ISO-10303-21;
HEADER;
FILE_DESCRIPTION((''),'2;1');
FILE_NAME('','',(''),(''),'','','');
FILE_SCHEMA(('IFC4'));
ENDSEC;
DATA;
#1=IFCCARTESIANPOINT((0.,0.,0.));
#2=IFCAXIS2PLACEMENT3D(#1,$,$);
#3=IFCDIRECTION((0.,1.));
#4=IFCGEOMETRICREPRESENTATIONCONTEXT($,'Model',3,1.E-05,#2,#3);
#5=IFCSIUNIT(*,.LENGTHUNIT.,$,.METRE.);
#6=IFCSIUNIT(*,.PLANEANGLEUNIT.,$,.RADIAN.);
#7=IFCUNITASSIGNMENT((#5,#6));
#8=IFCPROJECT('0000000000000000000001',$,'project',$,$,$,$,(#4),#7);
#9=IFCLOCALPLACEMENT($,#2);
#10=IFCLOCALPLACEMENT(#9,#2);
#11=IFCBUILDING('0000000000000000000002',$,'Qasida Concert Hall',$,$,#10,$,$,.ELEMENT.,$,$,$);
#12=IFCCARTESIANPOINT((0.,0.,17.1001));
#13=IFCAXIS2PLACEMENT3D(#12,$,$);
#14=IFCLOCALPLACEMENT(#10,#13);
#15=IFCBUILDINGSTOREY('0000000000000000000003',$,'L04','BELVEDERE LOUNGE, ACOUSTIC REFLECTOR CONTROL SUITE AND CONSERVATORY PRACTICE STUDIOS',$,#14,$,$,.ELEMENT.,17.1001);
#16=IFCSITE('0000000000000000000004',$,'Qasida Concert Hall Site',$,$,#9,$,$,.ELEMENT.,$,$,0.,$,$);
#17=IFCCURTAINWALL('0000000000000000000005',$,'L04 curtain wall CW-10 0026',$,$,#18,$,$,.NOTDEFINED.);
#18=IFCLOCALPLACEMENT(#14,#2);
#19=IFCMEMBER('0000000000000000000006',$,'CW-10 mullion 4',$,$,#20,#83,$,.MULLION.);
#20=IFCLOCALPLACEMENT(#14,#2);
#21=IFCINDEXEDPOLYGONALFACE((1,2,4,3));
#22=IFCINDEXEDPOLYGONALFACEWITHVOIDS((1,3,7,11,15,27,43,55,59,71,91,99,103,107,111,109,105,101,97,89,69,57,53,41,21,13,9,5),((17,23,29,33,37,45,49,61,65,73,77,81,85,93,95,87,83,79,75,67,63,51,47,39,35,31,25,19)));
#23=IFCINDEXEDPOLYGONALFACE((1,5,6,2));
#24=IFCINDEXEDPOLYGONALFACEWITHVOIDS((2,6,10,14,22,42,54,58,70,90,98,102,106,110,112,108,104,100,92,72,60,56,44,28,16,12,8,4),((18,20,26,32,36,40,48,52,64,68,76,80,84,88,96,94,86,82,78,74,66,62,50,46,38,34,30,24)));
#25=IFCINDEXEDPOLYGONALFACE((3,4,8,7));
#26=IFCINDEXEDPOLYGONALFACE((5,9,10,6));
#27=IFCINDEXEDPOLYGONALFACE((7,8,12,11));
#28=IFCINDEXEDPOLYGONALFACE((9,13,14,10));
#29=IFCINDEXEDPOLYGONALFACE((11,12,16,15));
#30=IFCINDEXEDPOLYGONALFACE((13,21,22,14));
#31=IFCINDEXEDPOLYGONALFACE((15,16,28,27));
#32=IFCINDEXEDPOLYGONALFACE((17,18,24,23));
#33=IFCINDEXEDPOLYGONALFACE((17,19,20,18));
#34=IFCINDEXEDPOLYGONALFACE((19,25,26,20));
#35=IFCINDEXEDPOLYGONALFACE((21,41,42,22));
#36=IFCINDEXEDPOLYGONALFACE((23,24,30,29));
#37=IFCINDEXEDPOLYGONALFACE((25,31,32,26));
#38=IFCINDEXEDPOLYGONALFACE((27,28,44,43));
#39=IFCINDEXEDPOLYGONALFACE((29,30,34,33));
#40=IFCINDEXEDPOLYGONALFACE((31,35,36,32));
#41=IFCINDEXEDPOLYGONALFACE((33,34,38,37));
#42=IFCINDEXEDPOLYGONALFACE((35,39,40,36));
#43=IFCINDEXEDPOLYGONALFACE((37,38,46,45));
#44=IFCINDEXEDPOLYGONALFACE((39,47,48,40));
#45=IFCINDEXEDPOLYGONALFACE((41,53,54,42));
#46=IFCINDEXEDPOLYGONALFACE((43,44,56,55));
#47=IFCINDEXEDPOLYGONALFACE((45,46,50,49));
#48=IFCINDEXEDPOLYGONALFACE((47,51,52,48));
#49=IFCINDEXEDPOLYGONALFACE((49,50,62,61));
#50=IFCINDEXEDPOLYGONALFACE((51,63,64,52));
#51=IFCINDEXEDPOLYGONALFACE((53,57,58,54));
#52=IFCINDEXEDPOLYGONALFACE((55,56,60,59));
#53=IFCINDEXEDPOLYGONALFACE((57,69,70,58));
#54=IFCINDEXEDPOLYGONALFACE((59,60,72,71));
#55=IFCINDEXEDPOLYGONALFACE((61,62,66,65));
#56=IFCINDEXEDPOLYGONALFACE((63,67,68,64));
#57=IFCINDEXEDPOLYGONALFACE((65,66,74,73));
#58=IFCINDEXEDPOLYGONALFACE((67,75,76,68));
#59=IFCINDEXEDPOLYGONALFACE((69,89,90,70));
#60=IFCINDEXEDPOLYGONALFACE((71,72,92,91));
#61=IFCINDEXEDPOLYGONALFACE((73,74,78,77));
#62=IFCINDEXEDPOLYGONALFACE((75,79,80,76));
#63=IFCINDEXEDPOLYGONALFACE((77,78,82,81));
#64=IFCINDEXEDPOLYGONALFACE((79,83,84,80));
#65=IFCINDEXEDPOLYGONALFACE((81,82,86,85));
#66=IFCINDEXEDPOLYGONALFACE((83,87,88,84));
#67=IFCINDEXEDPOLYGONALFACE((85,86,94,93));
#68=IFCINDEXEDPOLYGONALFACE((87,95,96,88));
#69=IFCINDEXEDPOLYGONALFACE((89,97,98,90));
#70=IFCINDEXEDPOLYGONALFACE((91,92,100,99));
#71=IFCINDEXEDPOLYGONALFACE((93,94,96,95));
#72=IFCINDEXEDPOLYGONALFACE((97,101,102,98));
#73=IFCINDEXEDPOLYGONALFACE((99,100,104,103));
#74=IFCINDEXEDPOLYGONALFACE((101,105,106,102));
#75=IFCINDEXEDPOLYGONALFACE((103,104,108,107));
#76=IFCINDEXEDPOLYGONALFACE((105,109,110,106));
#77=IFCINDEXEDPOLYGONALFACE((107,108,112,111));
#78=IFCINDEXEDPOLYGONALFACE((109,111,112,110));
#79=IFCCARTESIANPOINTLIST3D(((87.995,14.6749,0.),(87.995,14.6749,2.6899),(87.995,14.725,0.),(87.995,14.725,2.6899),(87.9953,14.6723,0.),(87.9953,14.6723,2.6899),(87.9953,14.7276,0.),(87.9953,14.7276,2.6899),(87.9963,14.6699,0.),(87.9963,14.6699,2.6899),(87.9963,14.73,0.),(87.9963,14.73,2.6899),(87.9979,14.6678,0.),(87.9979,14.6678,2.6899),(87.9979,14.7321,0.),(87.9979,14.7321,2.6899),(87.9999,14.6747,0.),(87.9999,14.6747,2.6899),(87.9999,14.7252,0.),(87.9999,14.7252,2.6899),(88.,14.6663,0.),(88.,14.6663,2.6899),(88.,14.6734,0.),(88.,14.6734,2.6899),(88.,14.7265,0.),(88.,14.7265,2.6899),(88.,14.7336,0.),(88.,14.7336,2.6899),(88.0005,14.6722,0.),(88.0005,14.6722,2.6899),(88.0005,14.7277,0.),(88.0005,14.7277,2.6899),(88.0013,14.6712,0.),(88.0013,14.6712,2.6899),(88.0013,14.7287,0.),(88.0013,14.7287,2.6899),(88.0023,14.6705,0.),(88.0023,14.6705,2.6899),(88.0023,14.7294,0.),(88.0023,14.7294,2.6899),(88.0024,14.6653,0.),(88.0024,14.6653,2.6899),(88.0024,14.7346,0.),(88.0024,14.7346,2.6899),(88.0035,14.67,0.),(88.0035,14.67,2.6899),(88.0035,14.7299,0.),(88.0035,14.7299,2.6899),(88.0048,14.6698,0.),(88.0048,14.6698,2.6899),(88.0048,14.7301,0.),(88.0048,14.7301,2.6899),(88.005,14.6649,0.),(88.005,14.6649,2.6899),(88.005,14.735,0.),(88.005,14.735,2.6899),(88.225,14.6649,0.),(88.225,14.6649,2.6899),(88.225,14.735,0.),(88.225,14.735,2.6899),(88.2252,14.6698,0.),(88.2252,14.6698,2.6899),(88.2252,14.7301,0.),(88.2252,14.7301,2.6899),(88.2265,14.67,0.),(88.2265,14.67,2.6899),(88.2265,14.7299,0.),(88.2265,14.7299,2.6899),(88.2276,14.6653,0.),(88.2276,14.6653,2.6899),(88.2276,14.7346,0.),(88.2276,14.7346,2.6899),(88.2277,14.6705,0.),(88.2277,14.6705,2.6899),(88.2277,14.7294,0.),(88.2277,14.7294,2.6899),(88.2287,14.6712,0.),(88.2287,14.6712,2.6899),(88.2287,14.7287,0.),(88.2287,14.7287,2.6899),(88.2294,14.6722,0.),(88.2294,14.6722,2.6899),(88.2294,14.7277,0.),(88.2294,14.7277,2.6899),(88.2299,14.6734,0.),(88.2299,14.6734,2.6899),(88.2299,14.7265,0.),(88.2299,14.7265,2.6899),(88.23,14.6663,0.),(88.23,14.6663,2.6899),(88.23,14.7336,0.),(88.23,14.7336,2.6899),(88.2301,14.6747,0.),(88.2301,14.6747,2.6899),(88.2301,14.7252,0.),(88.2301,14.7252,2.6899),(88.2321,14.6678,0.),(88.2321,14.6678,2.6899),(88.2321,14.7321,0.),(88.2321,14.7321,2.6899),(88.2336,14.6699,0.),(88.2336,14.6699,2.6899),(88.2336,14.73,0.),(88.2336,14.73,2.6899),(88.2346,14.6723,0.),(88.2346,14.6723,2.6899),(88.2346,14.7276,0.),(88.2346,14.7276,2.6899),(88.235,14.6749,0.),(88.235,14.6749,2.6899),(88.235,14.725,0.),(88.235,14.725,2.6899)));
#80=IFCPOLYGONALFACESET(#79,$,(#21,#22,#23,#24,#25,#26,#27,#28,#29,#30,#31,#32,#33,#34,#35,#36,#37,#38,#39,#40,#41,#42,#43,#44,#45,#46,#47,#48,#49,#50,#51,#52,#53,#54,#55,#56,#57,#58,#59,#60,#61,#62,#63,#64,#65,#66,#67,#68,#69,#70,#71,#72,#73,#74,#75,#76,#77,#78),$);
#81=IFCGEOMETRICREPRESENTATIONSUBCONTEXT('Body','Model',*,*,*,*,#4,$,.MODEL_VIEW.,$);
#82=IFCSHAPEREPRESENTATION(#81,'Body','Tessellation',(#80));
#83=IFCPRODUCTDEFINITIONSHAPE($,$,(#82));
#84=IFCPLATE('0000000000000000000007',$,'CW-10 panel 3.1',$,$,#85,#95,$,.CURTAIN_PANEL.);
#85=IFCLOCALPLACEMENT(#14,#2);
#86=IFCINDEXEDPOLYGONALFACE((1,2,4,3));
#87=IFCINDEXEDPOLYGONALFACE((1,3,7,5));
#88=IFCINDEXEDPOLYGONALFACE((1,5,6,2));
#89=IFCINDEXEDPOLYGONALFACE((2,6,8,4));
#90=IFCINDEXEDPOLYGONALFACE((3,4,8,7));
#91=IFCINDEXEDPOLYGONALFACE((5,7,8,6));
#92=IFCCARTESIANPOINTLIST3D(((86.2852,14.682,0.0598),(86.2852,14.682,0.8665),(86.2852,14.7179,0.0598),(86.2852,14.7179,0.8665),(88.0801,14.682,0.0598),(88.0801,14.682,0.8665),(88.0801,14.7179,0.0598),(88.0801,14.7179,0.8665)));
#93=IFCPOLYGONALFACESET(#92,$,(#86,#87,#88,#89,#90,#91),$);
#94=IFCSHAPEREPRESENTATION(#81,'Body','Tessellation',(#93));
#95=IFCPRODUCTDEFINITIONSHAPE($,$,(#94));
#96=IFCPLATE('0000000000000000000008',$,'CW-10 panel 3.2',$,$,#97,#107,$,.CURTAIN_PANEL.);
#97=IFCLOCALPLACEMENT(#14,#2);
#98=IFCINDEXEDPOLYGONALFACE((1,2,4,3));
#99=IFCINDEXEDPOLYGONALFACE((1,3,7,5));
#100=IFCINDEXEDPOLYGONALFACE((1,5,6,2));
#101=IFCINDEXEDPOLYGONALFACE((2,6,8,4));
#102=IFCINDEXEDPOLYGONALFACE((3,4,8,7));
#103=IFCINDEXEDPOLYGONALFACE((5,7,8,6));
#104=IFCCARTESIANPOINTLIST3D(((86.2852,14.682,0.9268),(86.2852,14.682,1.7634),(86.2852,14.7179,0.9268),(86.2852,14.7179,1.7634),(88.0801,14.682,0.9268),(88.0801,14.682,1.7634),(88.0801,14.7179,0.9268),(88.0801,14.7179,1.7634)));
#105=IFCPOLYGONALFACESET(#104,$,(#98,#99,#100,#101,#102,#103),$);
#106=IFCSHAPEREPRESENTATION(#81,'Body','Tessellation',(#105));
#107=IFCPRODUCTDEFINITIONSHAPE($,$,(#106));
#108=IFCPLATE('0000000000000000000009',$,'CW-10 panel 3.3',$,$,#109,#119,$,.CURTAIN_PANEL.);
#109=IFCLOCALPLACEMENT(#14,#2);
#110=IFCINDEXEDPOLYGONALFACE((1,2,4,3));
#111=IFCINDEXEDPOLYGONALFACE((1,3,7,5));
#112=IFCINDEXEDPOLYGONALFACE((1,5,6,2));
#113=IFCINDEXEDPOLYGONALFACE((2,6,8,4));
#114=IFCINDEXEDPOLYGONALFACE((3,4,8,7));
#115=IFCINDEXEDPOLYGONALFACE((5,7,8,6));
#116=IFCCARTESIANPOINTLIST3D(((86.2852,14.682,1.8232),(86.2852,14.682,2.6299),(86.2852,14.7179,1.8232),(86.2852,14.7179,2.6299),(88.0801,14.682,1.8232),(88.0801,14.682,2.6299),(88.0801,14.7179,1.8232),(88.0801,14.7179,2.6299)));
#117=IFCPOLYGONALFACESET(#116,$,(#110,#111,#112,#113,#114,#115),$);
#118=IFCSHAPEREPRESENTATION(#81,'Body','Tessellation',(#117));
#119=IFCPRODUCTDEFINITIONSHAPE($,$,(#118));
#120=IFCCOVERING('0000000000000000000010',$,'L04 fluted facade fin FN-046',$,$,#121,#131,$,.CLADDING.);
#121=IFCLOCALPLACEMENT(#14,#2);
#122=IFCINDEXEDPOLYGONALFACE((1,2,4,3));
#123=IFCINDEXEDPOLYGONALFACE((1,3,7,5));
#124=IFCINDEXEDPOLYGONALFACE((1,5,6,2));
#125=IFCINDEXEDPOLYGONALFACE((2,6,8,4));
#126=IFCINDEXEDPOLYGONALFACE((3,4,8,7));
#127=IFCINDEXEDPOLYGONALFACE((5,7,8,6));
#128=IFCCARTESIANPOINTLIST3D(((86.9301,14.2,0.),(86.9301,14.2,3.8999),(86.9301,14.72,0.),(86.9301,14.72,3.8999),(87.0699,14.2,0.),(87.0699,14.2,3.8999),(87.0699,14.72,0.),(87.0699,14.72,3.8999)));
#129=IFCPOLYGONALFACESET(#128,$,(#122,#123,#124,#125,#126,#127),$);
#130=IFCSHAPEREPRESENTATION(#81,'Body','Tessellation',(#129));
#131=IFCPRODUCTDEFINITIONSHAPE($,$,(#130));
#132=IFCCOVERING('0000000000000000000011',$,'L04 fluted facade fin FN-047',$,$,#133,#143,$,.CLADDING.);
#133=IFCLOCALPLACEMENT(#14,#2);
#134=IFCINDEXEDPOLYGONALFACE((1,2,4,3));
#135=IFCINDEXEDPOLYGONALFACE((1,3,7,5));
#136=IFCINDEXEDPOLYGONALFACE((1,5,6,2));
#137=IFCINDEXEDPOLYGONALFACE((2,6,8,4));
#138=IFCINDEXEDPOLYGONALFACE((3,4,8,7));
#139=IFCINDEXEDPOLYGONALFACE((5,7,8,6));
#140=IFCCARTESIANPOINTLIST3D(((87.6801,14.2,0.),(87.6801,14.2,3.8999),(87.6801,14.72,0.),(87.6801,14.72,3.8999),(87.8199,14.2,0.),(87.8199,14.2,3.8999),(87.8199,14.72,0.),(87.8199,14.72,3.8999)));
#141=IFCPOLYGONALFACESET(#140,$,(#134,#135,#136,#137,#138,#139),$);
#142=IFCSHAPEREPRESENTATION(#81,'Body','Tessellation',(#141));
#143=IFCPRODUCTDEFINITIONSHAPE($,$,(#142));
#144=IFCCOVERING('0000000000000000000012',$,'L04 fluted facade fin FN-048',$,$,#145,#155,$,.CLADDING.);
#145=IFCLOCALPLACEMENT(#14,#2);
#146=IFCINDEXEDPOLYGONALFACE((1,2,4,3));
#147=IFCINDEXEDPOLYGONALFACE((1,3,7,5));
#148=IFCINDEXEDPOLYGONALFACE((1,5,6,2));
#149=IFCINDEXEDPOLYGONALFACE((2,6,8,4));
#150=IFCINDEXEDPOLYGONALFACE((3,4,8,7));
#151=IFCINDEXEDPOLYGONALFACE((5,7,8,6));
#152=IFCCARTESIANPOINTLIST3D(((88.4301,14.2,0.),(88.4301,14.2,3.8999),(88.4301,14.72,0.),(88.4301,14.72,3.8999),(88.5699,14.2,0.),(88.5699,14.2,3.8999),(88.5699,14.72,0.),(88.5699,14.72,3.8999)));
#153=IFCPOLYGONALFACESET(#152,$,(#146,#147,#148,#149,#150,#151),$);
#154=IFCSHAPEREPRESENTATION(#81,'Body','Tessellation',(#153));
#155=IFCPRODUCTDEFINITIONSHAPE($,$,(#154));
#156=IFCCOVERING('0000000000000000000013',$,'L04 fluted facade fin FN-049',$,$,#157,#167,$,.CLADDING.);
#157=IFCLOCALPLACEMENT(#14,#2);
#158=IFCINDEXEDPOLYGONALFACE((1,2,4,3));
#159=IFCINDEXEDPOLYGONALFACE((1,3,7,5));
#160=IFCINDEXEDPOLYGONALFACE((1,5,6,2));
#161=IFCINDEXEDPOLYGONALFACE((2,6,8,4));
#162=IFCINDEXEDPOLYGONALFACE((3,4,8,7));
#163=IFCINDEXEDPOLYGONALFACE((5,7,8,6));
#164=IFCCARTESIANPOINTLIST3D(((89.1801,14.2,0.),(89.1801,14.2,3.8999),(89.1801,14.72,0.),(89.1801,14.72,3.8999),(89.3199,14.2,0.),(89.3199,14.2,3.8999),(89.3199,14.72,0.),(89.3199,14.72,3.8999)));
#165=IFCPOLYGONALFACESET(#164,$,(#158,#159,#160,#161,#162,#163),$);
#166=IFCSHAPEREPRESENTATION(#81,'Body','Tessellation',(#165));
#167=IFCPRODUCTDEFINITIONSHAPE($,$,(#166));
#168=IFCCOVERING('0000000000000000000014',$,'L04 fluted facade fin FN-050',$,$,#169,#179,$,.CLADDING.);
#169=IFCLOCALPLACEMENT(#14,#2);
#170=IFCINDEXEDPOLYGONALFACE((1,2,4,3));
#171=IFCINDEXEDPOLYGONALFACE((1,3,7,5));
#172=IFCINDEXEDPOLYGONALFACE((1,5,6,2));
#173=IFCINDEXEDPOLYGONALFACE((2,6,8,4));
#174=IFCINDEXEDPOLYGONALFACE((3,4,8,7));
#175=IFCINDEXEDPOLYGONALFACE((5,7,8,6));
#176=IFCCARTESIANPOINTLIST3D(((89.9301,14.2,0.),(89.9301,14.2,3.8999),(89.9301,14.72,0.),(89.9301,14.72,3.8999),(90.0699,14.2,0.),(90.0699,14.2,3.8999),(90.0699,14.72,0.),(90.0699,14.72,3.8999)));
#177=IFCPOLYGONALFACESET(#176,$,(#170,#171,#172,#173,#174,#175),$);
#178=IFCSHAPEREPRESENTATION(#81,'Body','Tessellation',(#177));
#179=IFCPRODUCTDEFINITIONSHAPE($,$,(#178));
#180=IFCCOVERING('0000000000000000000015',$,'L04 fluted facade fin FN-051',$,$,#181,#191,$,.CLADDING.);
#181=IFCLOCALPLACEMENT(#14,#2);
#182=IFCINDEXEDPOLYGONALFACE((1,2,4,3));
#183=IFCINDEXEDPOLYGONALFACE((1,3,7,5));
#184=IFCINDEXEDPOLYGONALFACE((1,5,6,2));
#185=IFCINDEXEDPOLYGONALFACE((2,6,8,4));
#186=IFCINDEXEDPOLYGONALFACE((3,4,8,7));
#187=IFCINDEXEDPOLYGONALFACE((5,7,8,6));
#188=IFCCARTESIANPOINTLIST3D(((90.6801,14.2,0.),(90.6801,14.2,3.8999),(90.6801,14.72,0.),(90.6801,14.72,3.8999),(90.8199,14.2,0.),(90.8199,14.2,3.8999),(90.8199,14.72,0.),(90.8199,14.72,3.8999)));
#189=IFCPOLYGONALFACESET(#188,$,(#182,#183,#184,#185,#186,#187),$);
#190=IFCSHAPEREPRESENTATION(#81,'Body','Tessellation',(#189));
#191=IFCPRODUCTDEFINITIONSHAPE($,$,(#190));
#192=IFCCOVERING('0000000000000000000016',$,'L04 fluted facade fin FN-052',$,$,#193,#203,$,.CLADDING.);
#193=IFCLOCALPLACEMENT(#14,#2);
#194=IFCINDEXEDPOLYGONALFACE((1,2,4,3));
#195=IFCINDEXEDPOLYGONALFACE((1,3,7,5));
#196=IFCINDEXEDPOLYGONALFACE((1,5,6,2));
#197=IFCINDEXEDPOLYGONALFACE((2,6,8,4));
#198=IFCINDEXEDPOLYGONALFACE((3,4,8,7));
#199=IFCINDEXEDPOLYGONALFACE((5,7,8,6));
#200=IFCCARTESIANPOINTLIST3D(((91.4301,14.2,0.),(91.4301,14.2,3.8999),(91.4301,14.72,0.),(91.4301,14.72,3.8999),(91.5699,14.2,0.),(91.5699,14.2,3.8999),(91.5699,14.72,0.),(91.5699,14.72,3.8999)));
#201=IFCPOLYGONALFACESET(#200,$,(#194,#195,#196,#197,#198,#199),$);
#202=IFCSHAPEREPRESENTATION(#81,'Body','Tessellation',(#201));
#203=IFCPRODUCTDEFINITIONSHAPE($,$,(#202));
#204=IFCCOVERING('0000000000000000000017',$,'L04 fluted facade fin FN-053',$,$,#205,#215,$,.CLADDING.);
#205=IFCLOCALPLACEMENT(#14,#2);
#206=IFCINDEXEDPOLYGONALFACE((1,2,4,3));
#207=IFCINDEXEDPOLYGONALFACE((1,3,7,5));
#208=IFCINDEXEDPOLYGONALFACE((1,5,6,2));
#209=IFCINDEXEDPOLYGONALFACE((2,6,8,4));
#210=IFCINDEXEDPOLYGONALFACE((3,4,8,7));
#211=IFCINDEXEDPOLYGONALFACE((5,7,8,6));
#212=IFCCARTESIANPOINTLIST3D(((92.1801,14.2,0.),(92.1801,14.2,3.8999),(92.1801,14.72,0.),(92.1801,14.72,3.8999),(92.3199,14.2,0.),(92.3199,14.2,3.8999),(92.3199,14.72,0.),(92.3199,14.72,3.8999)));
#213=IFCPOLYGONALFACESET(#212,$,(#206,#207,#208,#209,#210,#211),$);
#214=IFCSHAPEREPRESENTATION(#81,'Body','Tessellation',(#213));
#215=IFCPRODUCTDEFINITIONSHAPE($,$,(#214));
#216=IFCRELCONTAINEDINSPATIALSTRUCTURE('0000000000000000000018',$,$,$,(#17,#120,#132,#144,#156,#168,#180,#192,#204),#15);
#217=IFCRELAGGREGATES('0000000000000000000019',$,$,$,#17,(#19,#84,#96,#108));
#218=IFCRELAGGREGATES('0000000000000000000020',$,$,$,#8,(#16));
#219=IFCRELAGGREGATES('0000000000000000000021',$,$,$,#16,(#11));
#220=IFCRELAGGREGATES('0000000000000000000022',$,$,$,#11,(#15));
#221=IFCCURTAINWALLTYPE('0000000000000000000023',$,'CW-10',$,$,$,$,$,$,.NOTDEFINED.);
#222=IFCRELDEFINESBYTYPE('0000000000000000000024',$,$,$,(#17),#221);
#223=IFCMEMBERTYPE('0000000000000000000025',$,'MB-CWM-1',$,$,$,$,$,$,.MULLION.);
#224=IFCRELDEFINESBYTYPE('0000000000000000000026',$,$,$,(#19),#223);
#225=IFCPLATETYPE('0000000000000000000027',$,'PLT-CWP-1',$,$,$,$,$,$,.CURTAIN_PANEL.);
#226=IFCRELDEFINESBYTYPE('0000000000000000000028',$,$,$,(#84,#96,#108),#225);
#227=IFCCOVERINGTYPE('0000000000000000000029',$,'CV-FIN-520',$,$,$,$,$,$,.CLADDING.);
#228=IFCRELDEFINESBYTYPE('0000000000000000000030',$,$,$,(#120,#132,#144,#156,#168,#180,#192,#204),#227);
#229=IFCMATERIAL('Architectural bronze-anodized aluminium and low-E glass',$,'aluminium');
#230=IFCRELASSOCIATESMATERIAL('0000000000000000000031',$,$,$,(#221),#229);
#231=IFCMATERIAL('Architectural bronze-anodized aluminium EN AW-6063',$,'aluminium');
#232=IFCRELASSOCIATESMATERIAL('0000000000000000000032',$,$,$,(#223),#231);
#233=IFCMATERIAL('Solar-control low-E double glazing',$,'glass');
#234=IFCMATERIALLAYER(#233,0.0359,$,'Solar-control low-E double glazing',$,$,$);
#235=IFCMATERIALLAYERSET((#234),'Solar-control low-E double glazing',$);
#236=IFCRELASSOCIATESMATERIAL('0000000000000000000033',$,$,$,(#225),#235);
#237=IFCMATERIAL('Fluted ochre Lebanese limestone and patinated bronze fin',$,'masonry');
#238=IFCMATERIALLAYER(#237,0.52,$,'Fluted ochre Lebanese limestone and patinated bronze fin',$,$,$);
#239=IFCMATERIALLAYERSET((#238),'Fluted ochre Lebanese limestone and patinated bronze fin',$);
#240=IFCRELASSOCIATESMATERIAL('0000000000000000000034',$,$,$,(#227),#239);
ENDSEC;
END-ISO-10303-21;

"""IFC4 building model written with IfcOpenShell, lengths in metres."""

from ifc_helpers import new_model, si_unit, direction, frame, origin, origin_2d, place, context, subcontext, project, spatial, rectangle, hollow_rectangle, extrude, material, layer, layer_set, material_profile, profile_set, type_object, element, aggregate, save


model = new_model("IFC4")

# Units and contexts
model_context = context("Model", 3, precision=1e-05, world=origin(), true_north=direction((0.0, 1.0)))
body_context = subcontext(model_context, "Body", "Model", "MODEL_VIEW")
ifc_project = project(units=[si_unit("LENGTHUNIT", "METRE"), si_unit("PLANEANGLEUNIT", "RADIAN")], contexts=[model_context])

# Site, building, storey
site_placement = place(None, origin())
site = spatial("IfcSite", under=ifc_project, at=site_placement, Name="Qasida Concert Hall Site", CompositionType="ELEMENT", RefElevation=0.0)
building_placement = place(site_placement, origin())
building = spatial("IfcBuilding", under=site, at=building_placement, Name="Qasida Concert Hall", CompositionType="ELEMENT")
storey_placement = place(building_placement, frame((0.0, 0.0, 17.1001)))
storey = spatial("IfcBuildingStorey", under=building, at=storey_placement, Name="L04", Description="BELVEDERE LOUNGE, ACOUSTIC REFLECTOR CONTROL SUITE AND CONSERVATORY PRACTICE STUDIOS", CompositionType="ELEMENT", Elevation=17.1001)

# Curtain wall, member, plates
ifc_material_1 = material(Name="Architectural bronze-anodized aluminium and low-E glass", Category="aluminium")
curtain_wall_type = type_object("IfcCurtainWallType", Name="CW-10", PredefinedType="NOTDEFINED", material=ifc_material_1)
curtain_wall_placement = place(storey_placement, origin())
curtain_wall = element("IfcCurtainWall", 1, at=curtain_wall_placement, inside=storey, type_object=curtain_wall_type, Name="L04 curtain wall CW-10 0026", PredefinedType="NOTDEFINED")
ifc_material_2 = material(Name="Architectural bronze-anodized aluminium EN AW-6063", Category="aluminium")
ifc_material_profile = material_profile(ifc_material_2, hollow_rectangle(XDim=0.0701, YDim=0.24, WallThickness=0.0049, InnerFilletRadius=0.0049, OuterFilletRadius=0.01, at=origin_2d()), Name="CWM 240x70x5")
ifc_profile_set = profile_set([ifc_material_profile], Name="Architectural bronze-anodized aluminium EN AW-6063")
member_type = type_object("IfcMemberType", Name="MB-CWM-1", PredefinedType="MULLION", material=ifc_profile_set)
member_placement = place(storey_placement, frame((88.115, 14.7, 0.0), z_axis=(0.0, 0.0, 1.0), x_axis=(0.0, 1.0, 0.0)))
member = element("IfcMember", 2, at=member_placement, type_object=member_type, Name="CW-10 mullion 4", PredefinedType="MULLION", context=body_context, shape_type="SweptSolid", body=[
    extrude(hollow_rectangle(XDim=0.0701, YDim=0.24, WallThickness=0.0049, InnerFilletRadius=0.0049, OuterFilletRadius=0.01, at=origin_2d()), origin(), (0.0, 0.0, 1.0), 2.6899),
])
ifc_material_3 = material(Name="Solar-control low-E double glazing", Category="glass")
ifc_layer_1 = layer(ifc_material_3, 0.0359, Name="Solar-control low-E double glazing")
ifc_layer_set_1 = layer_set([ifc_layer_1], Name="Solar-control low-E double glazing")
plate_type = type_object("IfcPlateType", Name="PLT-CWP-1", PredefinedType="CURTAIN_PANEL", material=ifc_layer_set_1)
plate_1_placement = place(storey_placement, frame((87.1826, 14.7, 0.0598), z_axis=(0.0, 0.0, 1.0), x_axis=(1.0, 0.0, 0.0)))
plate_1 = element("IfcPlate", 3, at=plate_1_placement, type_object=plate_type, Name="CW-10 panel 3.1", PredefinedType="CURTAIN_PANEL", context=body_context, shape_type="SweptSolid", body=[
    extrude(rectangle(XDim=1.7949, YDim=0.0359, at=origin_2d()), origin(), (0.0, 0.0, 1.0), 0.8066),
])
plate_2_placement = place(storey_placement, frame((87.1826, 14.7, 0.9268), z_axis=(0.0, 0.0, 1.0), x_axis=(1.0, 0.0, 0.0)))
plate_2 = element("IfcPlate", 4, at=plate_2_placement, type_object=plate_type, Name="CW-10 panel 3.2", PredefinedType="CURTAIN_PANEL", context=body_context, shape_type="SweptSolid", body=[
    extrude(rectangle(XDim=1.7949, YDim=0.0359, at=origin_2d()), origin(), (0.0, 0.0, 1.0), 0.8367),
])
plate_3_placement = place(storey_placement, frame((87.1826, 14.7, 1.8232), z_axis=(0.0, 0.0, 1.0), x_axis=(1.0, 0.0, 0.0)))
plate_3 = element("IfcPlate", 5, at=plate_3_placement, type_object=plate_type, Name="CW-10 panel 3.3", PredefinedType="CURTAIN_PANEL", context=body_context, shape_type="SweptSolid", body=[
    extrude(rectangle(XDim=1.7949, YDim=0.0359, at=origin_2d()), origin(), (0.0, 0.0, 1.0), 0.8066),
])
aggregate(curtain_wall, [member, plate_1, plate_2, plate_3])

# Coverings
ifc_material_4 = material(Name="Fluted ochre Lebanese limestone and patinated bronze fin", Category="masonry")
ifc_layer_2 = layer(ifc_material_4, 0.52, Name="Fluted ochre Lebanese limestone and patinated bronze fin")
ifc_layer_set_2 = layer_set([ifc_layer_2], Name="Fluted ochre Lebanese limestone and patinated bronze fin")
covering_type = type_object("IfcCoveringType", Name="CV-FIN-520", PredefinedType="CLADDING", material=ifc_layer_set_2)
for number, where, z_axis, x_axis, name in (
    (6, (87.0, 14.46, 0.0), (0.0, 0.0, 1.0), (1.0, 0.0, 0.0), "L04 fluted facade fin FN-046"),
    (7, (87.75, 14.46, 0.0), (0.0, 0.0, 1.0), (1.0, 0.0, 0.0), "L04 fluted facade fin FN-047"),
    (8, (88.5, 14.46, 0.0), (0.0, 0.0, 1.0), (1.0, 0.0, 0.0), "L04 fluted facade fin FN-048"),
    (9, (89.25, 14.46, 0.0), (0.0, 0.0, 1.0), (1.0, 0.0, 0.0), "L04 fluted facade fin FN-049"),
    (10, (90.0, 14.46, 0.0), (0.0, 0.0, 1.0), (1.0, 0.0, 0.0), "L04 fluted facade fin FN-050"),
    (11, (90.75, 14.46, 0.0), (0.0, 0.0, 1.0), (1.0, 0.0, 0.0), "L04 fluted facade fin FN-051"),
    (12, (91.5, 14.46, 0.0), (0.0, 0.0, 1.0), (1.0, 0.0, 0.0), "L04 fluted facade fin FN-052"),
    (13, (92.25, 14.46, 0.0), (0.0, 0.0, 1.0), (1.0, 0.0, 0.0), "L04 fluted facade fin FN-053"),
):
    element("IfcCovering", number, at=place(storey_placement, frame(where, z_axis=z_axis, x_axis=x_axis)), inside=storey, type_object=covering_type, Name=name, PredefinedType="CLADDING", context=body_context, shape_type="SweptSolid", body=[
        extrude(rectangle(XDim=0.1399, YDim=0.52, at=origin_2d()), origin(), (0.0, 0.0, 1.0), 3.8999),
    ])

save(model, "model.ifc")
